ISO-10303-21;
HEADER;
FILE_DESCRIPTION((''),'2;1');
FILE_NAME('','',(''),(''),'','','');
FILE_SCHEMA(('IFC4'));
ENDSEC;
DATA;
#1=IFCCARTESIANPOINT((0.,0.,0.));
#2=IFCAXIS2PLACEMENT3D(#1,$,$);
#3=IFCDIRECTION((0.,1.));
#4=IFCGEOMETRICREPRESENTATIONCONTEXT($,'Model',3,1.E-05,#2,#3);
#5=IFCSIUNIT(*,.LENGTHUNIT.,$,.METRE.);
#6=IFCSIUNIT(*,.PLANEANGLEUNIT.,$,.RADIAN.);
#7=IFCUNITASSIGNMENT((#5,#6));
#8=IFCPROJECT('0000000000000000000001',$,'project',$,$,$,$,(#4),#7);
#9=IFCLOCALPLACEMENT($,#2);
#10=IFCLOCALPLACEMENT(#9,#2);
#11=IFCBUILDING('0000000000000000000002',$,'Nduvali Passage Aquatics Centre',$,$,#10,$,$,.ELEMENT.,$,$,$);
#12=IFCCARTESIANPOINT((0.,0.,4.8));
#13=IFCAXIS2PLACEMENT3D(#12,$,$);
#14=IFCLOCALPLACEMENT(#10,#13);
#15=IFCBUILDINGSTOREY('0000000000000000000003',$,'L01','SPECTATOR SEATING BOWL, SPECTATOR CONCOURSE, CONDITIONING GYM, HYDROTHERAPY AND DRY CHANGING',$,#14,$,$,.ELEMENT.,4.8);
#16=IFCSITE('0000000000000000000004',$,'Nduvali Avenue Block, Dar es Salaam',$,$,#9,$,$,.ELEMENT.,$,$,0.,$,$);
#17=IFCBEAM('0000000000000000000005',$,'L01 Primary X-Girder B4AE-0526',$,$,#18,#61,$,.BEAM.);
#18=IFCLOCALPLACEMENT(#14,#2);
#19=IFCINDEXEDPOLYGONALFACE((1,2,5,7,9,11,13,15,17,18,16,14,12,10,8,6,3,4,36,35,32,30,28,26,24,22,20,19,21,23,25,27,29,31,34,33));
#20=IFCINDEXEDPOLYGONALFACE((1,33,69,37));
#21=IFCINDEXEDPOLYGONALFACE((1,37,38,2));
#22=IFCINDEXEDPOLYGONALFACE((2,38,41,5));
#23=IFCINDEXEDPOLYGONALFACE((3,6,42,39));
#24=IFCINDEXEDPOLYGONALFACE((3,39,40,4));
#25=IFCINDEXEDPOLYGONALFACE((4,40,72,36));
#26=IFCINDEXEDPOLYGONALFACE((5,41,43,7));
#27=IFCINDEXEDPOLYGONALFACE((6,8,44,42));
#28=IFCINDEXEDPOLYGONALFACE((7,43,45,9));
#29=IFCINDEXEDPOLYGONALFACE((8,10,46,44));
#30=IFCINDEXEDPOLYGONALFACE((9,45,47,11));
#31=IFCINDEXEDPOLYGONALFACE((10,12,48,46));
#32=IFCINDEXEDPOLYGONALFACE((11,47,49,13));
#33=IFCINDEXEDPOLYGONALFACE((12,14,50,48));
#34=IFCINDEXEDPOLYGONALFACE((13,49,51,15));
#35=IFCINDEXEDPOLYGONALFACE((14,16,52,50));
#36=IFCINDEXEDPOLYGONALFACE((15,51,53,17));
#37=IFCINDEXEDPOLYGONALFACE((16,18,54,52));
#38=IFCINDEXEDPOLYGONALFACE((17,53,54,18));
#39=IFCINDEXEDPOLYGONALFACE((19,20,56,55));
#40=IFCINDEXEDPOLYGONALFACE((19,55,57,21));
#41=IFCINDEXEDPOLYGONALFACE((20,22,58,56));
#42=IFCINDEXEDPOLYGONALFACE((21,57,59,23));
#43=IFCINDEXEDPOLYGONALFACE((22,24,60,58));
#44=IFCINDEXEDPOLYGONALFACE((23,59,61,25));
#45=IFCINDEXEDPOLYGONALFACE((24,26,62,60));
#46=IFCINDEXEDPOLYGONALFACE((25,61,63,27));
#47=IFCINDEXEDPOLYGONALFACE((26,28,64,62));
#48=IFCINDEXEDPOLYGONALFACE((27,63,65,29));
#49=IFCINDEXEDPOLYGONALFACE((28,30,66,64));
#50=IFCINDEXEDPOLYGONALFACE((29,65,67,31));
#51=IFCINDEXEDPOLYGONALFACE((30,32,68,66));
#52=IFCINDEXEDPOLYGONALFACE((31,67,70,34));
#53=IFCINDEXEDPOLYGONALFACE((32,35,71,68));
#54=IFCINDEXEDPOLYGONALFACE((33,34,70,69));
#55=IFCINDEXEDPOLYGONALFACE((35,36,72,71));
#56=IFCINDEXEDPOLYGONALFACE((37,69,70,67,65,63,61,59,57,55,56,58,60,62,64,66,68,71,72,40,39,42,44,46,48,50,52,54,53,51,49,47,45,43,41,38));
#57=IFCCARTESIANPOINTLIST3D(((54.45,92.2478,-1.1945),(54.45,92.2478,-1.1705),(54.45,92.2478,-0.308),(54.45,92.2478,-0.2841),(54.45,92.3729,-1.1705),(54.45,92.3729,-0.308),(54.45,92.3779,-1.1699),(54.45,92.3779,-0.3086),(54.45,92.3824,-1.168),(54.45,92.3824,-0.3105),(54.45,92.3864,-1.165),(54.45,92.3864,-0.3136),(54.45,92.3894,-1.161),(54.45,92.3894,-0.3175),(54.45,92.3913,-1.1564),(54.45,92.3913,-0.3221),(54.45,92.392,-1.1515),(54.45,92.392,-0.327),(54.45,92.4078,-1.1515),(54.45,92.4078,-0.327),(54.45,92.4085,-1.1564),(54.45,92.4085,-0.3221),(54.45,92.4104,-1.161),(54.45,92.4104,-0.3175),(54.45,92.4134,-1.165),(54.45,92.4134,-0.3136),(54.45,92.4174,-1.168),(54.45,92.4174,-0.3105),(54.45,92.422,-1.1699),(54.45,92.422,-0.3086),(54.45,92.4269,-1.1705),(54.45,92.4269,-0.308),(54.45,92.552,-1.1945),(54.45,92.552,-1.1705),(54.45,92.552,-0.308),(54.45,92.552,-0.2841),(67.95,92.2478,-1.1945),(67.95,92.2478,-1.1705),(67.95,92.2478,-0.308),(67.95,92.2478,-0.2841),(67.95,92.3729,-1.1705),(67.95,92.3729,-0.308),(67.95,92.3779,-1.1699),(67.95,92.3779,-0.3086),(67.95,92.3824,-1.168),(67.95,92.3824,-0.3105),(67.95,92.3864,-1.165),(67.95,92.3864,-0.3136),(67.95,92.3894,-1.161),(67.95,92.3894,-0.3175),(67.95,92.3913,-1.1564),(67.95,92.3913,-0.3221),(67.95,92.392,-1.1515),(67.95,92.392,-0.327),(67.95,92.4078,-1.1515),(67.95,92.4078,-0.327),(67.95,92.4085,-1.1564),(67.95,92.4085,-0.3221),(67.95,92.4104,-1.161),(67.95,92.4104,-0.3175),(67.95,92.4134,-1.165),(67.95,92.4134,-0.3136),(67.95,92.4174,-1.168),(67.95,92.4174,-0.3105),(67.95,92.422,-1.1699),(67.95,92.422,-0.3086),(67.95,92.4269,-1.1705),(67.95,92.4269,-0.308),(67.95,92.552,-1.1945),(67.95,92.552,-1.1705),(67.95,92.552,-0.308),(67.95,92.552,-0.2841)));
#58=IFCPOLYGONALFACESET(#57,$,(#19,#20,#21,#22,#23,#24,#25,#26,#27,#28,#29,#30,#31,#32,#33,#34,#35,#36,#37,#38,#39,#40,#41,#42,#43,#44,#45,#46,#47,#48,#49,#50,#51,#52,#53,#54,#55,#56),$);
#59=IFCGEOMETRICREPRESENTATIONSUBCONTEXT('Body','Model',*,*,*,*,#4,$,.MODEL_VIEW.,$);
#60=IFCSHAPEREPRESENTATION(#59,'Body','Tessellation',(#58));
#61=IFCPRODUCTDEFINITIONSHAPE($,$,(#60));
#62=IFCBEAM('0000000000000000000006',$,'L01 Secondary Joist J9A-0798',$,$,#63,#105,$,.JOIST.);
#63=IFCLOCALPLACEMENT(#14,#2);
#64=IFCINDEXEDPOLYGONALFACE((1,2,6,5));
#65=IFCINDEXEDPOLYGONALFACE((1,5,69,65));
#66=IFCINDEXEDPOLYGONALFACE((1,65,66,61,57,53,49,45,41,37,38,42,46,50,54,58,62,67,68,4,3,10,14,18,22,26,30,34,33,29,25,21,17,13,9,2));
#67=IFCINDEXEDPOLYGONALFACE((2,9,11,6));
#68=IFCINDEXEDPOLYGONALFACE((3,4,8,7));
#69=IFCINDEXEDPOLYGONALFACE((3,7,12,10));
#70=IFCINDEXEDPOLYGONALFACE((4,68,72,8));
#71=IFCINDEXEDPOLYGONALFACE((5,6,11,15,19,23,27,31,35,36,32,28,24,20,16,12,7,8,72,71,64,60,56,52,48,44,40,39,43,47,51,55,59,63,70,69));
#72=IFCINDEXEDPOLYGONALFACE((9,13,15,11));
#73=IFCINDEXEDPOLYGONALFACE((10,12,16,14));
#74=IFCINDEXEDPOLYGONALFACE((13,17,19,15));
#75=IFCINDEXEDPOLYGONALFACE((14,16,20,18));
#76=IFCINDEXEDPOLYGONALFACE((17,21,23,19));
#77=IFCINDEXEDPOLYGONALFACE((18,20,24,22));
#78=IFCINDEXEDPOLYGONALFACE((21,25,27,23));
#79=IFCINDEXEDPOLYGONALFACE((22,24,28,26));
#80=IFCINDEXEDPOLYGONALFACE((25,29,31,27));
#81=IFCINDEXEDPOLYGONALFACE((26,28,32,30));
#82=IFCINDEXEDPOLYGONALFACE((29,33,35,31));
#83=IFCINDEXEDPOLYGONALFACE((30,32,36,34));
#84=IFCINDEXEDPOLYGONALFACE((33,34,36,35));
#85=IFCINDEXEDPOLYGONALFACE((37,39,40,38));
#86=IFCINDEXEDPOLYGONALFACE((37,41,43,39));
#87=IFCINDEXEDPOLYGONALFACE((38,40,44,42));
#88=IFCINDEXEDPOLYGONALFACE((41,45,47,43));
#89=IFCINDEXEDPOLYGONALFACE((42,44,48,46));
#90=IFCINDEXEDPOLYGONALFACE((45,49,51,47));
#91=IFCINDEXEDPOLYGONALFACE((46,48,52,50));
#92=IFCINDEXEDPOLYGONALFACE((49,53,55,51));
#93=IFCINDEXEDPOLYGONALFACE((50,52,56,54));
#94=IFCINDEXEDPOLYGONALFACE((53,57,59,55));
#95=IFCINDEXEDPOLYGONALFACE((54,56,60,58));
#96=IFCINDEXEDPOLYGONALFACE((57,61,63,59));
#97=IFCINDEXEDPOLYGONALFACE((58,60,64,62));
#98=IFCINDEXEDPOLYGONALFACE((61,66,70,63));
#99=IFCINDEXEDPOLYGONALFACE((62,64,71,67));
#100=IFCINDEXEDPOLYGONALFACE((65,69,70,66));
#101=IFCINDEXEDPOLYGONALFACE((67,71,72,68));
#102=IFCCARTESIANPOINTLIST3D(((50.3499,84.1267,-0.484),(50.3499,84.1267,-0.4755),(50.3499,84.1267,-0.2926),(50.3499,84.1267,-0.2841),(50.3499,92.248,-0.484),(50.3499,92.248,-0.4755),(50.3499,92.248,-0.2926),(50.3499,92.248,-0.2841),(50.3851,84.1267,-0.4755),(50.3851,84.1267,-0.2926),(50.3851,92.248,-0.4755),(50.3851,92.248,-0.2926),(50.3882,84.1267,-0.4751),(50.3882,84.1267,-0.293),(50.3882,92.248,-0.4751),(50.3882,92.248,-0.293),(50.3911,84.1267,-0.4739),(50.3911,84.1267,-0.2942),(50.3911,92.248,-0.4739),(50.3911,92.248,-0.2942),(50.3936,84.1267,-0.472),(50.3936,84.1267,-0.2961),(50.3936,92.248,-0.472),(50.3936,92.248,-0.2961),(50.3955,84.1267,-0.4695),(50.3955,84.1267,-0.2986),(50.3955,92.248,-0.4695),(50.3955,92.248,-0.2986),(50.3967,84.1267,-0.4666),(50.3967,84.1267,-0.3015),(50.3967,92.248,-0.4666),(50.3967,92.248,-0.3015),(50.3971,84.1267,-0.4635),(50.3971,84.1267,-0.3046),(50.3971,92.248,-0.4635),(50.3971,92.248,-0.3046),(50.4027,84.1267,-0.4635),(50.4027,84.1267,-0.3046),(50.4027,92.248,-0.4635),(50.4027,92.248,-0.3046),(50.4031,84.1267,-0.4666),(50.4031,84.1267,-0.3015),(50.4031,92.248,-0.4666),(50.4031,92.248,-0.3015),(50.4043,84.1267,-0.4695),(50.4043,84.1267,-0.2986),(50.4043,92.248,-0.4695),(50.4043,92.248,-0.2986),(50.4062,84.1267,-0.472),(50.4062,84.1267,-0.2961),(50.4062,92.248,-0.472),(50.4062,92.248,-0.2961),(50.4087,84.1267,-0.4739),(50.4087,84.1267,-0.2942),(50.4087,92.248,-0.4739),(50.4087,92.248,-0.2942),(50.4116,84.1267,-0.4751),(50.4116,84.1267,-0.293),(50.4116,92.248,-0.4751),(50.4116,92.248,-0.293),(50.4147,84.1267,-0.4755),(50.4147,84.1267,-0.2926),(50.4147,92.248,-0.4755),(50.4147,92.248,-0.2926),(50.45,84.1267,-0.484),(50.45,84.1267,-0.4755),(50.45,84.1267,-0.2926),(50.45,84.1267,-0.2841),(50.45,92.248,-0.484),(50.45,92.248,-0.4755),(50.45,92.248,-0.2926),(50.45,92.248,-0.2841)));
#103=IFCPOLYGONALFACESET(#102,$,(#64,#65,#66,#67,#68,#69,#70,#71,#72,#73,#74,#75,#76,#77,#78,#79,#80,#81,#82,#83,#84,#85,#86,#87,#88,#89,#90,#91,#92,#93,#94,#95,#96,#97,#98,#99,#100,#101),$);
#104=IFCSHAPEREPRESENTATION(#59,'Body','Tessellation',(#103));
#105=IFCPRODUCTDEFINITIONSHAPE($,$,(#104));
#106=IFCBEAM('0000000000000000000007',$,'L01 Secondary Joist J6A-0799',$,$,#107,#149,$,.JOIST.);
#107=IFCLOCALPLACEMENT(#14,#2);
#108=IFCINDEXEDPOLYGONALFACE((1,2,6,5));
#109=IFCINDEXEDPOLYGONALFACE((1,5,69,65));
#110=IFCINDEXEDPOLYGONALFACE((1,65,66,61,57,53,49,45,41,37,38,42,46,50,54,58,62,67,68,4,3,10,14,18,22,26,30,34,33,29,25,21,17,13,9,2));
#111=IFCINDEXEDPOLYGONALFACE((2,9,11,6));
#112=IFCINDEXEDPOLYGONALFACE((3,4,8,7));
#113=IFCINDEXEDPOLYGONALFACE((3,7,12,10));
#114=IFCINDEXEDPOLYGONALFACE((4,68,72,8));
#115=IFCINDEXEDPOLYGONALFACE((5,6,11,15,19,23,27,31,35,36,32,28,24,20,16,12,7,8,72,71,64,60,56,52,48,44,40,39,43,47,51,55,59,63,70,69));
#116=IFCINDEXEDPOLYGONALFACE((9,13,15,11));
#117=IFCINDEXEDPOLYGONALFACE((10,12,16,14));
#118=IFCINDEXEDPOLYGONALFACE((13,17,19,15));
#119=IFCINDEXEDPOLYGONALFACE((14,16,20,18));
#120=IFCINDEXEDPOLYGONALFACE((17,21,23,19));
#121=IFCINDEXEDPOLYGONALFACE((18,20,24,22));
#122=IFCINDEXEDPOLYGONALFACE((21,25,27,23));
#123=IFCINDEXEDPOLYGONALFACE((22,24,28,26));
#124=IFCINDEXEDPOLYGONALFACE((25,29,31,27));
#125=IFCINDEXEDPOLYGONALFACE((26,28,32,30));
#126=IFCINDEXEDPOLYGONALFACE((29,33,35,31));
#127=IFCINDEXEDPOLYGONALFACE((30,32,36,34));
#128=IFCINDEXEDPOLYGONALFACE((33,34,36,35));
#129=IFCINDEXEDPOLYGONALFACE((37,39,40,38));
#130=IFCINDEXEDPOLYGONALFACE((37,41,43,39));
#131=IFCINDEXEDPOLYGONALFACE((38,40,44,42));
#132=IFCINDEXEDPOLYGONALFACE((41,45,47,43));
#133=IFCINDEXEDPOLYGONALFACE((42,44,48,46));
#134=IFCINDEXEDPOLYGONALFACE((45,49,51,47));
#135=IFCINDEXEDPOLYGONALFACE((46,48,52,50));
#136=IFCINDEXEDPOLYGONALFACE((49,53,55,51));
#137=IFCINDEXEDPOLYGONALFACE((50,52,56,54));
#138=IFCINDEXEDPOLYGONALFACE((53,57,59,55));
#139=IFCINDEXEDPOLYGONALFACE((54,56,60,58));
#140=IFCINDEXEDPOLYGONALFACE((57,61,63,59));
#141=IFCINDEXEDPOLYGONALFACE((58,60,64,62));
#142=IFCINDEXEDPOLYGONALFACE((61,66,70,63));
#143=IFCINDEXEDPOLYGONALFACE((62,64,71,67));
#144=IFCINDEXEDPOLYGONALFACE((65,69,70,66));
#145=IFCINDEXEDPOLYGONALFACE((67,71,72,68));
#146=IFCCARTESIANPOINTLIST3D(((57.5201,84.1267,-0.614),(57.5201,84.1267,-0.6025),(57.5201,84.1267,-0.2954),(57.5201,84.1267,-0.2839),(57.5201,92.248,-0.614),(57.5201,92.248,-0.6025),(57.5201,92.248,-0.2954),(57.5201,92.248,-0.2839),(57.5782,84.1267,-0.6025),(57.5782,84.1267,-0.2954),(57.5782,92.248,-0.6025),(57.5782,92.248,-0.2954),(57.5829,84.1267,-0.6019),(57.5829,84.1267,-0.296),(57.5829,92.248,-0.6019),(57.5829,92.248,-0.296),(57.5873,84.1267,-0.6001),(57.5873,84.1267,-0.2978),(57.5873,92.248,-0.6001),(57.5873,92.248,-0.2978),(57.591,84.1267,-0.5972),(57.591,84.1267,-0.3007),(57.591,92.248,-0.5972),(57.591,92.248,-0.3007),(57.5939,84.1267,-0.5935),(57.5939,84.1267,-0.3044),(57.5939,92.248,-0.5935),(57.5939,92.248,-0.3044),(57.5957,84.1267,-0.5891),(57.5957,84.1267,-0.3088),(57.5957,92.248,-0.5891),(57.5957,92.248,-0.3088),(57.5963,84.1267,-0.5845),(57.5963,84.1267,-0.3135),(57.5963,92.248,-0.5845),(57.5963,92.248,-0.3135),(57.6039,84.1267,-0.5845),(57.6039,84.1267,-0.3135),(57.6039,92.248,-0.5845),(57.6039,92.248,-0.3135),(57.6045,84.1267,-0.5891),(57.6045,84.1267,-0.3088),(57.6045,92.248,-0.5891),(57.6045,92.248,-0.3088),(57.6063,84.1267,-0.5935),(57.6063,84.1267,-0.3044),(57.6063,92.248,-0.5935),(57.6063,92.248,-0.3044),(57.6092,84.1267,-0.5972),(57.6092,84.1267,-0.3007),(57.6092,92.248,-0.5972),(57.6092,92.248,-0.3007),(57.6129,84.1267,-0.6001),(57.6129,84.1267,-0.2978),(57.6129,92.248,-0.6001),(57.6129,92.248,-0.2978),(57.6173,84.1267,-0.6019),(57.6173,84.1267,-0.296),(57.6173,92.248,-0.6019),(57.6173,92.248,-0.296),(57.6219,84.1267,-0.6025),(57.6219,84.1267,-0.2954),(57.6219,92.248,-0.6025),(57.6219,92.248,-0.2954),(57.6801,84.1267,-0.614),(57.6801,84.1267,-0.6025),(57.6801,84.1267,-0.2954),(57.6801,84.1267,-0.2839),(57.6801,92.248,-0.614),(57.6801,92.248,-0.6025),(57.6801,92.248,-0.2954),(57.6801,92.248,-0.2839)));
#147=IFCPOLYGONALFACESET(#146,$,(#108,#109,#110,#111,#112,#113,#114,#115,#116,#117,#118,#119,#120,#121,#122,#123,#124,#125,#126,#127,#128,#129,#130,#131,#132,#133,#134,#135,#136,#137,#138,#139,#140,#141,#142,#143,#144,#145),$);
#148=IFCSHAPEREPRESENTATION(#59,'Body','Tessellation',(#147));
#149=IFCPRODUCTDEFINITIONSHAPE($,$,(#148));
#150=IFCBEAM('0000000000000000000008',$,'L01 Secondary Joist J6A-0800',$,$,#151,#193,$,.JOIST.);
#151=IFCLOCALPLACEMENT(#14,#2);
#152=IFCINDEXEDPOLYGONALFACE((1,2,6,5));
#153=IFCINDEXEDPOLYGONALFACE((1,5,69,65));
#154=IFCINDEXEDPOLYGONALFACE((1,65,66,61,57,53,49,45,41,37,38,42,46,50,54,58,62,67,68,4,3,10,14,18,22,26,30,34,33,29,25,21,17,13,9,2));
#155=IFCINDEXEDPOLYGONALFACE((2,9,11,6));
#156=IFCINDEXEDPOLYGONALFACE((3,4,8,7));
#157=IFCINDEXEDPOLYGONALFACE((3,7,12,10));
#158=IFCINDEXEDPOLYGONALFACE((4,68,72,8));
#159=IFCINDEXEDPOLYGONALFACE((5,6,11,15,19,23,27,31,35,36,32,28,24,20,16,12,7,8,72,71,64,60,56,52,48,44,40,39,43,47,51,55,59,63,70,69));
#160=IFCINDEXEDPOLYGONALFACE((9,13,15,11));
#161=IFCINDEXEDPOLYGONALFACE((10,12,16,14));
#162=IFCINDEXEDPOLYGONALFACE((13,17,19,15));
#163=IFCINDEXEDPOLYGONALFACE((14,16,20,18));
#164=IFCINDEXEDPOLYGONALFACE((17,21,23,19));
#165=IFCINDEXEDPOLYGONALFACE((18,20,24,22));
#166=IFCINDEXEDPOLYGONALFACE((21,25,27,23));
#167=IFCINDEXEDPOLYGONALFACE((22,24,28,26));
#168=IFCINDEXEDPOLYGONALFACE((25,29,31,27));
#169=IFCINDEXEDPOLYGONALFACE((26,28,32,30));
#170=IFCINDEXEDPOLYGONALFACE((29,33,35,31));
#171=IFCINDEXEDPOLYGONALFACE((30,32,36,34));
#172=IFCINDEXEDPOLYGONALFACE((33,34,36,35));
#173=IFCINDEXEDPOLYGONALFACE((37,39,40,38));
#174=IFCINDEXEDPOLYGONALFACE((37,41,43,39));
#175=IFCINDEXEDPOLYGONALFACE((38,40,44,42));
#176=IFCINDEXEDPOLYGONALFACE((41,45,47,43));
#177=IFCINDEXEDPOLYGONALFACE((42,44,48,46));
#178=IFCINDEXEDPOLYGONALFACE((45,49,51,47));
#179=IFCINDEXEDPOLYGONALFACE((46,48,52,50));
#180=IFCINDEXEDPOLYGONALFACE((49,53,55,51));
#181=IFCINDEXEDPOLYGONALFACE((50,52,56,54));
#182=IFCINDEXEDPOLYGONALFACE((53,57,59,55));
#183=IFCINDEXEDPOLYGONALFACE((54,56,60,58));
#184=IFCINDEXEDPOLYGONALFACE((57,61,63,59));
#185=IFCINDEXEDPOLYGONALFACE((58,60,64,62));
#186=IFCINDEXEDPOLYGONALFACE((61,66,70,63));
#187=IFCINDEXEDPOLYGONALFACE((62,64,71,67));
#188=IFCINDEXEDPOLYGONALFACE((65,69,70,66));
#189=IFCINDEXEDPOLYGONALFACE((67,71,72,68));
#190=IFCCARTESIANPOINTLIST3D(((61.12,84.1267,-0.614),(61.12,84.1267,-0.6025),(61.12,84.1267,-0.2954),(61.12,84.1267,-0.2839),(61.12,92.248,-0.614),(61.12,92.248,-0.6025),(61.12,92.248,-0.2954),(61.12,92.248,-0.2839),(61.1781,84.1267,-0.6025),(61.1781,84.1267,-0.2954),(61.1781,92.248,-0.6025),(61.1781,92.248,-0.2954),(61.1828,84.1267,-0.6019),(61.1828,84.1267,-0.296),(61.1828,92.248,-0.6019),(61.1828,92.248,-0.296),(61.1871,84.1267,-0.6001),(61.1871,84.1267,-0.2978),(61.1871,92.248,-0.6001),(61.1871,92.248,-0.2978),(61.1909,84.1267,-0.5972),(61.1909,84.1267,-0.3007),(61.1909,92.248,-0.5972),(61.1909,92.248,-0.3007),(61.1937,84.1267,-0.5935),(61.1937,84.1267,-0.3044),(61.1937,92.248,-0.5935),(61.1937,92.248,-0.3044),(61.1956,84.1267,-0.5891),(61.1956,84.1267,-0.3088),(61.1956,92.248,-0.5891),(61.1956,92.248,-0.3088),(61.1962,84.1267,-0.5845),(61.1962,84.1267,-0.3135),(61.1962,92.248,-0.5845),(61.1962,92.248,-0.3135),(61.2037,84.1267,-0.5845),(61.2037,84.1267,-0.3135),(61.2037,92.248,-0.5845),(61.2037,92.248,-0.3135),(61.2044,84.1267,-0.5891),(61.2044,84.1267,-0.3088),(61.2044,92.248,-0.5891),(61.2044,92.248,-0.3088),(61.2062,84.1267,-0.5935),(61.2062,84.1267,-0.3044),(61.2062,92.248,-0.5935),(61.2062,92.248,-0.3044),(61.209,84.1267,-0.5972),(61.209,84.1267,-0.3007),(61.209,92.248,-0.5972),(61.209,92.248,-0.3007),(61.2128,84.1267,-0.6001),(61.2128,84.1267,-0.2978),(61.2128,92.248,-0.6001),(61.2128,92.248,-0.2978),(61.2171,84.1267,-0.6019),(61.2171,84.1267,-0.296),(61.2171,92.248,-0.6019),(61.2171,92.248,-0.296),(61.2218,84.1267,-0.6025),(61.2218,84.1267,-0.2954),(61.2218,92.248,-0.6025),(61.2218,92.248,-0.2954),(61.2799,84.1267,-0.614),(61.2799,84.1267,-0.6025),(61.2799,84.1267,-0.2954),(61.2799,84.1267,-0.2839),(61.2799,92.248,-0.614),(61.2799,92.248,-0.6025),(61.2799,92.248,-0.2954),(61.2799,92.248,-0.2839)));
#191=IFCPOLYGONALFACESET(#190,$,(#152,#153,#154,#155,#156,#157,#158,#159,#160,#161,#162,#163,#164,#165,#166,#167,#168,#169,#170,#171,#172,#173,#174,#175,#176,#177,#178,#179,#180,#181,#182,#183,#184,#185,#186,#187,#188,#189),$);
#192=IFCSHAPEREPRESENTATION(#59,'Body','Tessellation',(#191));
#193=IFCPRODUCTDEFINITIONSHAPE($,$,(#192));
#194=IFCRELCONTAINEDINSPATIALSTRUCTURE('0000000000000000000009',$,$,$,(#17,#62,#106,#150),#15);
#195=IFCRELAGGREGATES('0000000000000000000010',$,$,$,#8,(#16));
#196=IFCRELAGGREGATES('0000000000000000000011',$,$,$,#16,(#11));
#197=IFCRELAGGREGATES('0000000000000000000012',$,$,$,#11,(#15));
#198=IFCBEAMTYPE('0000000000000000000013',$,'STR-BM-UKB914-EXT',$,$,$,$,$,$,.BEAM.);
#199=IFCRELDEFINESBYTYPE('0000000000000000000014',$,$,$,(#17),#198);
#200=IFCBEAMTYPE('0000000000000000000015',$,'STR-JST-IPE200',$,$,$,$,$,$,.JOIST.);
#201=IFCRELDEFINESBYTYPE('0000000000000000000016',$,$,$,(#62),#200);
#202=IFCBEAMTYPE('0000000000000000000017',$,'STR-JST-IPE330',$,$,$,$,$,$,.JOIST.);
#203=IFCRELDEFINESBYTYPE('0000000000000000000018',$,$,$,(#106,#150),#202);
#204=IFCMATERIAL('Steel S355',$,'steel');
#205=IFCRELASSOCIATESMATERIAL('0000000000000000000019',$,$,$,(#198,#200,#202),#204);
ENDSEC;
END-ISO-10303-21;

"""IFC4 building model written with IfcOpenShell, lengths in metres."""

from ifc_helpers import new_model, si_unit, direction, frame, origin, origin_2d, place, context, subcontext, project, spatial, i_section, extrude, material, material_profile, profile_set, type_object, element, save


model = new_model("IFC4")

# Units and contexts
model_context = context("Model", 3, precision=1e-05, world=origin(), true_north=direction((0.0, 1.0)))
body_context = subcontext(model_context, "Body", "Model", "MODEL_VIEW")
ifc_project = project(units=[si_unit("LENGTHUNIT", "METRE"), si_unit("PLANEANGLEUNIT", "RADIAN")], contexts=[model_context])

# Site, building, storey
site_placement = place(None, origin())
site = spatial("IfcSite", under=ifc_project, at=site_placement, Name="Nduvali Avenue Block, Dar es Salaam", CompositionType="ELEMENT", RefElevation=0.0)
building_placement = place(site_placement, origin())
building = spatial("IfcBuilding", under=site, at=building_placement, Name="Nduvali Passage Aquatics Centre", CompositionType="ELEMENT")
storey_placement = place(building_placement, frame((0.0, 0.0, 4.8)))
storey = spatial("IfcBuildingStorey", under=building, at=storey_placement, Name="L01", Description="SPECTATOR SEATING BOWL, SPECTATOR CONCOURSE, CONDITIONING GYM, HYDROTHERAPY AND DRY CHANGING", CompositionType="ELEMENT", Elevation=4.8)

# Shared definitions
ifc_material_1 = material(Name="Steel S355", Category="steel")

# Beams
ifc_material_profile_1 = material_profile(ifc_material_1, i_section(OverallWidth=0.3042, OverallDepth=0.9104, WebThickness=0.0159, FlangeThickness=0.0239, FilletRadius=0.019, at=origin_2d()), Name="UKB 914x305x224")
ifc_profile_set_1 = profile_set([ifc_material_profile_1], Name="Steel S355")
beam_type_1 = type_object("IfcBeamType", Name="STR-BM-UKB914-EXT", PredefinedType="BEAM", material=ifc_profile_set_1)
beam_1_placement = place(storey_placement, frame((54.45, 92.3999, -0.7393), z_axis=(1.0, 0.0, 0.0), x_axis=(0.0, 1.0, 0.0)))
element("IfcBeam", 1, at=beam_1_placement, inside=storey, type_object=beam_type_1, Name="L01 Primary X-Girder B4AE-0526", PredefinedType="BEAM", context=body_context, shape_type="SweptSolid", body=[
    extrude(i_section(OverallWidth=0.3042, OverallDepth=0.9104, WebThickness=0.0159, FlangeThickness=0.0239, FilletRadius=0.019, at=origin_2d()), origin(), (0.0, 0.0, 1.0), 13.5),
])
ifc_material_profile_2 = material_profile(ifc_material_1, i_section(OverallWidth=0.1001, OverallDepth=0.2, WebThickness=0.0056, FlangeThickness=0.0085, FilletRadius=0.012, at=origin_2d()), Name="IPE 200")
ifc_profile_set_2 = profile_set([ifc_material_profile_2], Name="Steel S355")
beam_type_2 = type_object("IfcBeamType", Name="STR-JST-IPE200", PredefinedType="JOIST", material=ifc_profile_set_2)
beam_2_placement = place(storey_placement, frame((50.3999, 84.1267, -0.384), z_axis=(0.0, 1.0, 0.0), x_axis=(-1.0, 0.0, 0.0)))
element("IfcBeam", 2, at=beam_2_placement, inside=storey, type_object=beam_type_2, Name="L01 Secondary Joist J9A-0798", PredefinedType="JOIST", context=body_context, shape_type="SweptSolid", body=[
    extrude(i_section(OverallWidth=0.1001, OverallDepth=0.2, WebThickness=0.0056, FlangeThickness=0.0085, FilletRadius=0.012, at=origin_2d()), origin(), (0.0, 0.0, 1.0), 8.1213),
])
ifc_material_profile_3 = material_profile(ifc_material_1, i_section(OverallWidth=0.1599, OverallDepth=0.3301, WebThickness=0.0076, FlangeThickness=0.0115, FilletRadius=0.0181, at=origin_2d()), Name="IPE 330")
ifc_profile_set_3 = profile_set([ifc_material_profile_3], Name="Steel S355")
beam_type_3 = type_object("IfcBeamType", Name="STR-JST-IPE330", PredefinedType="JOIST", material=ifc_profile_set_3)
for number, where, z_axis, x_axis, name in (
    (3, (57.6001, 84.1267, -0.449), (0.0, 1.0, 0.0), (-1.0, 0.0, 0.0), "L01 Secondary Joist J6A-0799"),
    (4, (61.2, 84.1267, -0.449), (0.0, 1.0, 0.0), (-1.0, 0.0, 0.0), "L01 Secondary Joist J6A-0800"),
):
    element("IfcBeam", number, at=place(storey_placement, frame(where, z_axis=z_axis, x_axis=x_axis)), inside=storey, type_object=beam_type_3, Name=name, PredefinedType="JOIST", context=body_context, shape_type="SweptSolid", body=[
        extrude(i_section(OverallWidth=0.1599, OverallDepth=0.3301, WebThickness=0.0076, FlangeThickness=0.0115, FilletRadius=0.0181, at=origin_2d()), origin(), (0.0, 0.0, 1.0), 8.1213),
    ])

save(model, "model.ifc")
